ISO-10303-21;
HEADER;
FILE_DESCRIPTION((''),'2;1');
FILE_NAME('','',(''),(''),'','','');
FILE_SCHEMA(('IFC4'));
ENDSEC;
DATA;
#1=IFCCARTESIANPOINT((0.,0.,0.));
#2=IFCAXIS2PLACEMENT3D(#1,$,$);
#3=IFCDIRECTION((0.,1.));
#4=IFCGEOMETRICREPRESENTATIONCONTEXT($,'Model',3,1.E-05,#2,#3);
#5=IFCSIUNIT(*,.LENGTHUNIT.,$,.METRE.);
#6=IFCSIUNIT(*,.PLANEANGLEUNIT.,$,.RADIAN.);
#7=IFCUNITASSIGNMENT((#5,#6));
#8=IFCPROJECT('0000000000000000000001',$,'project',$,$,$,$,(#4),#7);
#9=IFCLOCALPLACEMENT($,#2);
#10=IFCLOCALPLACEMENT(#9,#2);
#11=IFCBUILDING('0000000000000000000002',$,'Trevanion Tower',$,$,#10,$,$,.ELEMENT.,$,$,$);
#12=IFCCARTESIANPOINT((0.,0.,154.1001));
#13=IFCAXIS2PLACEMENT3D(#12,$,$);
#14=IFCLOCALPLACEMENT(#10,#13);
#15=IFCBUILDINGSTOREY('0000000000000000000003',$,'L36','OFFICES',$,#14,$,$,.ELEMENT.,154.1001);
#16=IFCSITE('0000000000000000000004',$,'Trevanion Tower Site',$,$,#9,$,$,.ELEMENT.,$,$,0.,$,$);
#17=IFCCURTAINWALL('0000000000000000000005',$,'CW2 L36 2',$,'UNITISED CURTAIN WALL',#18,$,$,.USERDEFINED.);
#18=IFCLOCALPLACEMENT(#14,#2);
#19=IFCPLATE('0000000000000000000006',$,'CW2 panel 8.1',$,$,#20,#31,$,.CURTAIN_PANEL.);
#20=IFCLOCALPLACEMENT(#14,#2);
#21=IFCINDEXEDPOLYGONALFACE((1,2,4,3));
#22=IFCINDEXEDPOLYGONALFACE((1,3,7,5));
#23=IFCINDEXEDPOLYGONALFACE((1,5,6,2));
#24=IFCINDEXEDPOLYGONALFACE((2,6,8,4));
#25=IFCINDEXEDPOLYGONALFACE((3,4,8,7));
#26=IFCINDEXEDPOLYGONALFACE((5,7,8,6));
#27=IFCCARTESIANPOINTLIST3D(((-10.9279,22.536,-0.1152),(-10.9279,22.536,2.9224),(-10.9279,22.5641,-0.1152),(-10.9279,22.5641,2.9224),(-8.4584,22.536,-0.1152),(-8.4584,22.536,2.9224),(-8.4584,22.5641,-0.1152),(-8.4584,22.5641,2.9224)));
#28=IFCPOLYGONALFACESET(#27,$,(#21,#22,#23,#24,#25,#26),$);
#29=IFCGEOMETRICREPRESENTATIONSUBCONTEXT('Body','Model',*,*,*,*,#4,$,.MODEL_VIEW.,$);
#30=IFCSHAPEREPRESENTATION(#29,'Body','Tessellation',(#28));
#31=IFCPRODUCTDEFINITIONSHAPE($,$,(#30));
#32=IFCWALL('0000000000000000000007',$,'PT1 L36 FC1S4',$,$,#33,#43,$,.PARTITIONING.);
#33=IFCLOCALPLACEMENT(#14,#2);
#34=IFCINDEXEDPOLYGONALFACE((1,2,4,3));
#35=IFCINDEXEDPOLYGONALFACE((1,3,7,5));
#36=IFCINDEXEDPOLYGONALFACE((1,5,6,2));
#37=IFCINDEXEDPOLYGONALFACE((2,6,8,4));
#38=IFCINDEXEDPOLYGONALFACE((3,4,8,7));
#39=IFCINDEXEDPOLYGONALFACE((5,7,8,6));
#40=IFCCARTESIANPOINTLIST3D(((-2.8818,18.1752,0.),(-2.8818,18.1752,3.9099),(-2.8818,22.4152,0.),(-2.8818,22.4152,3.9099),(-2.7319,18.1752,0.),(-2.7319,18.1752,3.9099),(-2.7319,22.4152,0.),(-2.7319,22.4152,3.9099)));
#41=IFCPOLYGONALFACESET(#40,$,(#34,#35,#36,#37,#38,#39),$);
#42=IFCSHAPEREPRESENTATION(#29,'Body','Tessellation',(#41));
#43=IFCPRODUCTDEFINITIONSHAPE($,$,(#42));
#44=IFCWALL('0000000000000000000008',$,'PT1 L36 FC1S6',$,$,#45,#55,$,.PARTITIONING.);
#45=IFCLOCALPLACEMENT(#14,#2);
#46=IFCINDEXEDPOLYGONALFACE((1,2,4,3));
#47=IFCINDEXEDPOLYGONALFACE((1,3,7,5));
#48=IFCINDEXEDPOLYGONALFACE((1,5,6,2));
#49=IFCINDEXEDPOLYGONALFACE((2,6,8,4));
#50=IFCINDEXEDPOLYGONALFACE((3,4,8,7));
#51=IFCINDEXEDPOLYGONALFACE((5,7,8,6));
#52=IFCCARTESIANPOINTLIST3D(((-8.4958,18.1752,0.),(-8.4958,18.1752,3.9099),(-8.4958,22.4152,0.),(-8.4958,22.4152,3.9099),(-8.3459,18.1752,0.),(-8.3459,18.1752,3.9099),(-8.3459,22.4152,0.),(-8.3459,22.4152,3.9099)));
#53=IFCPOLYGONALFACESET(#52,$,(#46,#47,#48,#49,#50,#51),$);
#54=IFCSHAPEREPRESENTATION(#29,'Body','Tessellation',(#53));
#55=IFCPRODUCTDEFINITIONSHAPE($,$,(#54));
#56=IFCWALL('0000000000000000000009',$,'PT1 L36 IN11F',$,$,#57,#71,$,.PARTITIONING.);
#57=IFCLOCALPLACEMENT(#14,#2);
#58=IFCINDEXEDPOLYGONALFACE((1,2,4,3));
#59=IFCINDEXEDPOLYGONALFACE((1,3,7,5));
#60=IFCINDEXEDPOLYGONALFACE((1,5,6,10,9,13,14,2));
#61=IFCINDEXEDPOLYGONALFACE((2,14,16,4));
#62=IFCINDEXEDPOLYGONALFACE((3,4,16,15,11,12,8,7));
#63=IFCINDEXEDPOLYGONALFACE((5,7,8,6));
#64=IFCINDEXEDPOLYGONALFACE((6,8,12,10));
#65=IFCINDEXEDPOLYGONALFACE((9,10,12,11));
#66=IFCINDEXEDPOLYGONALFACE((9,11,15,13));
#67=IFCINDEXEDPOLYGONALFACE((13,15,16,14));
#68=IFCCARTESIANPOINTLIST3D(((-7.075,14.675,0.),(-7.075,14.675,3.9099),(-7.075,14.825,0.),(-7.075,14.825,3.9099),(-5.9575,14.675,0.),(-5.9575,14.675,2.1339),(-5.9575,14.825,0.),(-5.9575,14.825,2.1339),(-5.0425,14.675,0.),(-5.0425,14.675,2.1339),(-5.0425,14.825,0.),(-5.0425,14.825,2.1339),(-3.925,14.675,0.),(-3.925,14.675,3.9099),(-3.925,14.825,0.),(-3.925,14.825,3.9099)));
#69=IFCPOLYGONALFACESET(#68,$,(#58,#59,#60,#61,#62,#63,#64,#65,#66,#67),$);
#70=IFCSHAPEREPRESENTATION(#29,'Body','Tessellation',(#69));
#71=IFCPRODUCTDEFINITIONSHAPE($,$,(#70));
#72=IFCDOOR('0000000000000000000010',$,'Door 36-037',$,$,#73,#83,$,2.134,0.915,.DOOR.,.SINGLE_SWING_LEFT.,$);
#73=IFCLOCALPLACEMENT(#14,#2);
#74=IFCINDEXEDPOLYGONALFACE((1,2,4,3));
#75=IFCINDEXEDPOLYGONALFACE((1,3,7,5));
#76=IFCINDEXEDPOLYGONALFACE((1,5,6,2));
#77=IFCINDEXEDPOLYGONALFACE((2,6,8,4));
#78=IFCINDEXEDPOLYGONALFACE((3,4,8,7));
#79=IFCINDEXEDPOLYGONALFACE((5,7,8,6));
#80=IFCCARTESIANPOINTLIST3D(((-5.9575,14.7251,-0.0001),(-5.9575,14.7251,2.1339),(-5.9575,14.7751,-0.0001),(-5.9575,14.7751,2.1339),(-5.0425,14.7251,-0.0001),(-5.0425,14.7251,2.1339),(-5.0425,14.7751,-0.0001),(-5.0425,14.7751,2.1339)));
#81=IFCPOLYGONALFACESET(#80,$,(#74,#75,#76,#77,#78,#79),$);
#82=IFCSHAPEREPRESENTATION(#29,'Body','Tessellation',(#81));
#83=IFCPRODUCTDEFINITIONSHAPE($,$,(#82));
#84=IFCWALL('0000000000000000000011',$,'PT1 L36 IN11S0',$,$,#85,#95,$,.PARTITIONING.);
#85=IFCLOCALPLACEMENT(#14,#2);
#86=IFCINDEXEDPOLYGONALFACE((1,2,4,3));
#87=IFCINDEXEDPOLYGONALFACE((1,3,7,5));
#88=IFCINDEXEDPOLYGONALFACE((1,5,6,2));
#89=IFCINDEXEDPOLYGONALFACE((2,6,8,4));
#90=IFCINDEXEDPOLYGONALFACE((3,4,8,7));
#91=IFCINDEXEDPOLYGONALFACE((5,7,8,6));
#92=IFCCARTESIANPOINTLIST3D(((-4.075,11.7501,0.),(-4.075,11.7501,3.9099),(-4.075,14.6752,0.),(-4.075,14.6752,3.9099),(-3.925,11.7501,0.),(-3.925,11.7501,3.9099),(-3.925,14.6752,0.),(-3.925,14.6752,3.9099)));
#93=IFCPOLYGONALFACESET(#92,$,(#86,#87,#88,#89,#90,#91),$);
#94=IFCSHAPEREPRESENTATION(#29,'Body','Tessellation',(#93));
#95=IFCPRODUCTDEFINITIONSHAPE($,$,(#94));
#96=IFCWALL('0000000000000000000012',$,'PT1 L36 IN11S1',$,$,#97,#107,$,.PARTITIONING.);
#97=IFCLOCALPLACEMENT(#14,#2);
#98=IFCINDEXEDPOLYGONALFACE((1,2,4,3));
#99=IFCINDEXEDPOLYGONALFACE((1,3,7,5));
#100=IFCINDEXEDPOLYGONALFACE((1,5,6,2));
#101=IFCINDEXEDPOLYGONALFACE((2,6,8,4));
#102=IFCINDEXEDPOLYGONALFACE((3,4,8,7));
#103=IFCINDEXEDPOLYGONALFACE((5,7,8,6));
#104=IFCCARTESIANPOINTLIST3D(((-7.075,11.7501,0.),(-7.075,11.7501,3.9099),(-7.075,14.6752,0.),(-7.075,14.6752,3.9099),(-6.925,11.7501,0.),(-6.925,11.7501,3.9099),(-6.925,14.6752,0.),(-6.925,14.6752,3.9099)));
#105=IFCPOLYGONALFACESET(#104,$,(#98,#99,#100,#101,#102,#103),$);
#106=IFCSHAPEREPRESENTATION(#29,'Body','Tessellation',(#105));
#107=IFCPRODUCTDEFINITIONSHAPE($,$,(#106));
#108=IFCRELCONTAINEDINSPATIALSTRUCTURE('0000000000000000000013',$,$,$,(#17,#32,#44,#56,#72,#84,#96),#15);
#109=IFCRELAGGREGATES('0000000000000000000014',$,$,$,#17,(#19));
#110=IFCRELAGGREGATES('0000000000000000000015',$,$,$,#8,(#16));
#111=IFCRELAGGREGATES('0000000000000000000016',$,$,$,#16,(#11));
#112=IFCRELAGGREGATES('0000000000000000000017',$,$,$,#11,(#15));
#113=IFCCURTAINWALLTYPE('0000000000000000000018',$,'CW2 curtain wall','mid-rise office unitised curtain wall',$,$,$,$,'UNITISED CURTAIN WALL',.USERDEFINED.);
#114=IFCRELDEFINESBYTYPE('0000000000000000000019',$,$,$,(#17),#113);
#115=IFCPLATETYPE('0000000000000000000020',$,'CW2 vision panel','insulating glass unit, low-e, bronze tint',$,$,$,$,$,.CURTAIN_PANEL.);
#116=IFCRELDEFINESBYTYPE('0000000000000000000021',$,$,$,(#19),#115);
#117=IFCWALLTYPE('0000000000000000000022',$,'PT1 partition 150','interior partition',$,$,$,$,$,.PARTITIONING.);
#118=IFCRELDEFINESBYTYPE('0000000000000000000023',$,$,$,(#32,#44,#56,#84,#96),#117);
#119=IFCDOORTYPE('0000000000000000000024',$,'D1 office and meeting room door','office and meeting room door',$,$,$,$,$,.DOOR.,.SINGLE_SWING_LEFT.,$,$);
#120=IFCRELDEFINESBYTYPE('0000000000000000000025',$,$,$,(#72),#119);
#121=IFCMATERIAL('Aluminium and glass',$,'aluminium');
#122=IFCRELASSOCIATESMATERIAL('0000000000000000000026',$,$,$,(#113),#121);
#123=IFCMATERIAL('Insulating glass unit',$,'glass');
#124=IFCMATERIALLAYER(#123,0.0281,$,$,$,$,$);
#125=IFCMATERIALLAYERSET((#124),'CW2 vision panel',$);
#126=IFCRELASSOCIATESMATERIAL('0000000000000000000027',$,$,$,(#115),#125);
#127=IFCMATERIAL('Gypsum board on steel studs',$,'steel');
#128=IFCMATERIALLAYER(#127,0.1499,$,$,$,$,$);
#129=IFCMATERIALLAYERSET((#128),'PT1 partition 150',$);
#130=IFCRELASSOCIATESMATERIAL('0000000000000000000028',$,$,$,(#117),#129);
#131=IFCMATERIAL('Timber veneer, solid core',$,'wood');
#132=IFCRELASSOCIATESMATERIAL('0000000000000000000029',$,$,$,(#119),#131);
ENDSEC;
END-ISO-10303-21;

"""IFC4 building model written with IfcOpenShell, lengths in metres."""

from ifc_helpers import new_model, si_unit, direction, frame, frame_2d, origin, origin_2d, place, context, subcontext, project, spatial, rectangle, extrude, material, layer, layer_set, type_object, element, fill, aggregate, save


model = new_model("IFC4")

# Units and contexts
model_context = context("Model", 3, precision=1e-05, world=origin(), true_north=direction((0.0, 1.0)))
body_context = subcontext(model_context, "Body", "Model", "MODEL_VIEW")
ifc_project = project(units=[si_unit("LENGTHUNIT", "METRE"), si_unit("PLANEANGLEUNIT", "RADIAN")], contexts=[model_context])

# Site, building, storey
site_placement = place(None, origin())
site = spatial("IfcSite", under=ifc_project, at=site_placement, Name="Trevanion Tower Site", CompositionType="ELEMENT", RefElevation=0.0)
building_placement = place(site_placement, origin())
building = spatial("IfcBuilding", under=site, at=building_placement, Name="Trevanion Tower", CompositionType="ELEMENT")
storey_placement = place(building_placement, frame((0.0, 0.0, 154.1001)))
storey = spatial("IfcBuildingStorey", under=building, at=storey_placement, Name="L36", Description="OFFICES", CompositionType="ELEMENT", Elevation=154.1001)

# Curtain wall
ifc_material_1 = material(Name="Aluminium and glass", Category="aluminium")
curtain_wall_type = type_object("IfcCurtainWallType", Name="CW2 curtain wall", Description="mid-rise office unitised curtain wall", ElementType="UNITISED CURTAIN WALL", PredefinedType="USERDEFINED", material=ifc_material_1)
curtain_wall_placement = place(storey_placement, origin())
curtain_wall = element("IfcCurtainWall", 1, at=curtain_wall_placement, inside=storey, type_object=curtain_wall_type, Name="CW2 L36 2", ObjectType="UNITISED CURTAIN WALL", PredefinedType="USERDEFINED")

# Plate
ifc_material_2 = material(Name="Insulating glass unit", Category="glass")
ifc_layer_1 = layer(ifc_material_2, 0.0281)
ifc_layer_set_1 = layer_set([ifc_layer_1], Name="CW2 vision panel")
plate_type_1 = type_object("IfcPlateType", Name="CW2 vision panel", Description="insulating glass unit, low-e, bronze tint", PredefinedType="CURTAIN_PANEL", material=ifc_layer_set_1)
plate_1_placement = place(storey_placement, frame((-9.6931, 22.55, -0.1152), z_axis=(0.0, 0.0, 1.0), x_axis=(-1.0, 0.0, 0.0)))
plate_1 = element("IfcPlate", 2, at=plate_1_placement, type_object=plate_type_1, Name="CW2 panel 8.1", PredefinedType="CURTAIN_PANEL", context=body_context, shape_type="SweptSolid", body=[
    extrude(rectangle(XDim=2.4695, YDim=0.0281, at=origin_2d()), origin(), (0.0, 0.0, 1.0), 3.0376),
])
aggregate(curtain_wall, [plate_1])

# Walls
ifc_material_3 = material(Name="Gypsum board on steel studs", Category="steel")
ifc_layer_2 = layer(ifc_material_3, 0.1499)
ifc_layer_set_2 = layer_set([ifc_layer_2], Name="PT1 partition 150")
wall_type = type_object("IfcWallType", Name="PT1 partition 150", Description="interior partition", PredefinedType="PARTITIONING", material=ifc_layer_set_2)
for number, where, z_axis, x_axis, name in (
    (3, (-2.8069, 18.175, 0.0), (0.0, 0.0, 1.0), (0.0, 1.0, 0.0), "PT1 L36 FC1S4"),
    (4, (-8.4209, 18.175, 0.0), (0.0, 0.0, 1.0), (0.0, 1.0, 0.0), "PT1 L36 FC1S6"),
):
    element("IfcWall", number, at=place(storey_placement, frame(where, z_axis=z_axis, x_axis=x_axis)), inside=storey, type_object=wall_type, Name=name, PredefinedType="PARTITIONING", context=body_context, shape_type="SweptSolid", body=[
        extrude(rectangle(XDim=4.24, YDim=0.1499, at=frame_2d((2.1201, 0.0))), origin(), (0.0, 0.0, 1.0), 3.9099),
    ])

# Wall, opening, door
wall_placement = place(storey_placement, frame((-3.925, 14.75, 0.0), z_axis=(0.0, 0.0, 1.0), x_axis=(-1.0, 0.0, 0.0)))
wall = element("IfcWall", 5, at=wall_placement, inside=storey, type_object=wall_type, Name="PT1 L36 IN11F", PredefinedType="PARTITIONING", context=body_context, shape_type="SweptSolid", body=[
    extrude(rectangle(XDim=3.1499, YDim=0.1499, at=frame_2d((1.575, 0.0))), origin(), (0.0, 0.0, 1.0), 3.9099),
])
opening_placement = place(wall_placement, frame((1.1174, 0.0, 0.0)))
opening = element("IfcOpeningElement", 6, at=opening_placement, cuts=wall, PredefinedType="OPENING", context=body_context, shape_type="SweptSolid", body=[
    extrude(rectangle(XDim=0.915, YDim=2.134, at=frame_2d((0.4575, 1.0669))), frame((0.0, 0.085, 0.0), z_axis=(0.0, -1.0, 0.0), x_axis=(1.0, 0.0, 0.0)), (0.0, 0.0, 1.0), 0.1699),
])
ifc_material_4 = material(Name="Timber veneer, solid core", Category="wood")
door_type = type_object("IfcDoorType", Name="D1 office and meeting room door", Description="office and meeting room door", OperationType="SINGLE_SWING_LEFT", PredefinedType="DOOR", material=ifc_material_4)
door_placement = place(opening_placement, origin())
door = element("IfcDoor", 7, at=door_placement, inside=storey, type_object=door_type, Name="Door 36-037", OperationType="SINGLE_SWING_LEFT", OverallHeight=2.134, OverallWidth=0.915, PredefinedType="DOOR", context=body_context, shape_type="SweptSolid", body=[
    extrude(rectangle(XDim=0.915, YDim=2.134, at=frame_2d((0.4575, 1.0669))), frame((0.0, 0.0249, 0.0), z_axis=(0.0, -1.0, 0.0), x_axis=(1.0, 0.0, 0.0)), (0.0, 0.0, 1.0), 0.05),
])
fill(opening, door)

# Walls
for number, where, z_axis, x_axis, name in (
    (8, (-4.0, 14.675, 0.0), (0.0, 0.0, 1.0), (0.0, -1.0, 0.0), "PT1 L36 IN11S0"),
    (9, (-7.0, 14.675, 0.0), (0.0, 0.0, 1.0), (0.0, -1.0, 0.0), "PT1 L36 IN11S1"),
):
    element("IfcWall", number, at=place(storey_placement, frame(where, z_axis=z_axis, x_axis=x_axis)), inside=storey, type_object=wall_type, Name=name, PredefinedType="PARTITIONING", context=body_context, shape_type="SweptSolid", body=[
        extrude(rectangle(XDim=2.925, YDim=0.1499, at=frame_2d((1.4624, 0.0))), origin(), (0.0, 0.0, 1.0), 3.9099),
    ])

save(model, "model.ifc")
